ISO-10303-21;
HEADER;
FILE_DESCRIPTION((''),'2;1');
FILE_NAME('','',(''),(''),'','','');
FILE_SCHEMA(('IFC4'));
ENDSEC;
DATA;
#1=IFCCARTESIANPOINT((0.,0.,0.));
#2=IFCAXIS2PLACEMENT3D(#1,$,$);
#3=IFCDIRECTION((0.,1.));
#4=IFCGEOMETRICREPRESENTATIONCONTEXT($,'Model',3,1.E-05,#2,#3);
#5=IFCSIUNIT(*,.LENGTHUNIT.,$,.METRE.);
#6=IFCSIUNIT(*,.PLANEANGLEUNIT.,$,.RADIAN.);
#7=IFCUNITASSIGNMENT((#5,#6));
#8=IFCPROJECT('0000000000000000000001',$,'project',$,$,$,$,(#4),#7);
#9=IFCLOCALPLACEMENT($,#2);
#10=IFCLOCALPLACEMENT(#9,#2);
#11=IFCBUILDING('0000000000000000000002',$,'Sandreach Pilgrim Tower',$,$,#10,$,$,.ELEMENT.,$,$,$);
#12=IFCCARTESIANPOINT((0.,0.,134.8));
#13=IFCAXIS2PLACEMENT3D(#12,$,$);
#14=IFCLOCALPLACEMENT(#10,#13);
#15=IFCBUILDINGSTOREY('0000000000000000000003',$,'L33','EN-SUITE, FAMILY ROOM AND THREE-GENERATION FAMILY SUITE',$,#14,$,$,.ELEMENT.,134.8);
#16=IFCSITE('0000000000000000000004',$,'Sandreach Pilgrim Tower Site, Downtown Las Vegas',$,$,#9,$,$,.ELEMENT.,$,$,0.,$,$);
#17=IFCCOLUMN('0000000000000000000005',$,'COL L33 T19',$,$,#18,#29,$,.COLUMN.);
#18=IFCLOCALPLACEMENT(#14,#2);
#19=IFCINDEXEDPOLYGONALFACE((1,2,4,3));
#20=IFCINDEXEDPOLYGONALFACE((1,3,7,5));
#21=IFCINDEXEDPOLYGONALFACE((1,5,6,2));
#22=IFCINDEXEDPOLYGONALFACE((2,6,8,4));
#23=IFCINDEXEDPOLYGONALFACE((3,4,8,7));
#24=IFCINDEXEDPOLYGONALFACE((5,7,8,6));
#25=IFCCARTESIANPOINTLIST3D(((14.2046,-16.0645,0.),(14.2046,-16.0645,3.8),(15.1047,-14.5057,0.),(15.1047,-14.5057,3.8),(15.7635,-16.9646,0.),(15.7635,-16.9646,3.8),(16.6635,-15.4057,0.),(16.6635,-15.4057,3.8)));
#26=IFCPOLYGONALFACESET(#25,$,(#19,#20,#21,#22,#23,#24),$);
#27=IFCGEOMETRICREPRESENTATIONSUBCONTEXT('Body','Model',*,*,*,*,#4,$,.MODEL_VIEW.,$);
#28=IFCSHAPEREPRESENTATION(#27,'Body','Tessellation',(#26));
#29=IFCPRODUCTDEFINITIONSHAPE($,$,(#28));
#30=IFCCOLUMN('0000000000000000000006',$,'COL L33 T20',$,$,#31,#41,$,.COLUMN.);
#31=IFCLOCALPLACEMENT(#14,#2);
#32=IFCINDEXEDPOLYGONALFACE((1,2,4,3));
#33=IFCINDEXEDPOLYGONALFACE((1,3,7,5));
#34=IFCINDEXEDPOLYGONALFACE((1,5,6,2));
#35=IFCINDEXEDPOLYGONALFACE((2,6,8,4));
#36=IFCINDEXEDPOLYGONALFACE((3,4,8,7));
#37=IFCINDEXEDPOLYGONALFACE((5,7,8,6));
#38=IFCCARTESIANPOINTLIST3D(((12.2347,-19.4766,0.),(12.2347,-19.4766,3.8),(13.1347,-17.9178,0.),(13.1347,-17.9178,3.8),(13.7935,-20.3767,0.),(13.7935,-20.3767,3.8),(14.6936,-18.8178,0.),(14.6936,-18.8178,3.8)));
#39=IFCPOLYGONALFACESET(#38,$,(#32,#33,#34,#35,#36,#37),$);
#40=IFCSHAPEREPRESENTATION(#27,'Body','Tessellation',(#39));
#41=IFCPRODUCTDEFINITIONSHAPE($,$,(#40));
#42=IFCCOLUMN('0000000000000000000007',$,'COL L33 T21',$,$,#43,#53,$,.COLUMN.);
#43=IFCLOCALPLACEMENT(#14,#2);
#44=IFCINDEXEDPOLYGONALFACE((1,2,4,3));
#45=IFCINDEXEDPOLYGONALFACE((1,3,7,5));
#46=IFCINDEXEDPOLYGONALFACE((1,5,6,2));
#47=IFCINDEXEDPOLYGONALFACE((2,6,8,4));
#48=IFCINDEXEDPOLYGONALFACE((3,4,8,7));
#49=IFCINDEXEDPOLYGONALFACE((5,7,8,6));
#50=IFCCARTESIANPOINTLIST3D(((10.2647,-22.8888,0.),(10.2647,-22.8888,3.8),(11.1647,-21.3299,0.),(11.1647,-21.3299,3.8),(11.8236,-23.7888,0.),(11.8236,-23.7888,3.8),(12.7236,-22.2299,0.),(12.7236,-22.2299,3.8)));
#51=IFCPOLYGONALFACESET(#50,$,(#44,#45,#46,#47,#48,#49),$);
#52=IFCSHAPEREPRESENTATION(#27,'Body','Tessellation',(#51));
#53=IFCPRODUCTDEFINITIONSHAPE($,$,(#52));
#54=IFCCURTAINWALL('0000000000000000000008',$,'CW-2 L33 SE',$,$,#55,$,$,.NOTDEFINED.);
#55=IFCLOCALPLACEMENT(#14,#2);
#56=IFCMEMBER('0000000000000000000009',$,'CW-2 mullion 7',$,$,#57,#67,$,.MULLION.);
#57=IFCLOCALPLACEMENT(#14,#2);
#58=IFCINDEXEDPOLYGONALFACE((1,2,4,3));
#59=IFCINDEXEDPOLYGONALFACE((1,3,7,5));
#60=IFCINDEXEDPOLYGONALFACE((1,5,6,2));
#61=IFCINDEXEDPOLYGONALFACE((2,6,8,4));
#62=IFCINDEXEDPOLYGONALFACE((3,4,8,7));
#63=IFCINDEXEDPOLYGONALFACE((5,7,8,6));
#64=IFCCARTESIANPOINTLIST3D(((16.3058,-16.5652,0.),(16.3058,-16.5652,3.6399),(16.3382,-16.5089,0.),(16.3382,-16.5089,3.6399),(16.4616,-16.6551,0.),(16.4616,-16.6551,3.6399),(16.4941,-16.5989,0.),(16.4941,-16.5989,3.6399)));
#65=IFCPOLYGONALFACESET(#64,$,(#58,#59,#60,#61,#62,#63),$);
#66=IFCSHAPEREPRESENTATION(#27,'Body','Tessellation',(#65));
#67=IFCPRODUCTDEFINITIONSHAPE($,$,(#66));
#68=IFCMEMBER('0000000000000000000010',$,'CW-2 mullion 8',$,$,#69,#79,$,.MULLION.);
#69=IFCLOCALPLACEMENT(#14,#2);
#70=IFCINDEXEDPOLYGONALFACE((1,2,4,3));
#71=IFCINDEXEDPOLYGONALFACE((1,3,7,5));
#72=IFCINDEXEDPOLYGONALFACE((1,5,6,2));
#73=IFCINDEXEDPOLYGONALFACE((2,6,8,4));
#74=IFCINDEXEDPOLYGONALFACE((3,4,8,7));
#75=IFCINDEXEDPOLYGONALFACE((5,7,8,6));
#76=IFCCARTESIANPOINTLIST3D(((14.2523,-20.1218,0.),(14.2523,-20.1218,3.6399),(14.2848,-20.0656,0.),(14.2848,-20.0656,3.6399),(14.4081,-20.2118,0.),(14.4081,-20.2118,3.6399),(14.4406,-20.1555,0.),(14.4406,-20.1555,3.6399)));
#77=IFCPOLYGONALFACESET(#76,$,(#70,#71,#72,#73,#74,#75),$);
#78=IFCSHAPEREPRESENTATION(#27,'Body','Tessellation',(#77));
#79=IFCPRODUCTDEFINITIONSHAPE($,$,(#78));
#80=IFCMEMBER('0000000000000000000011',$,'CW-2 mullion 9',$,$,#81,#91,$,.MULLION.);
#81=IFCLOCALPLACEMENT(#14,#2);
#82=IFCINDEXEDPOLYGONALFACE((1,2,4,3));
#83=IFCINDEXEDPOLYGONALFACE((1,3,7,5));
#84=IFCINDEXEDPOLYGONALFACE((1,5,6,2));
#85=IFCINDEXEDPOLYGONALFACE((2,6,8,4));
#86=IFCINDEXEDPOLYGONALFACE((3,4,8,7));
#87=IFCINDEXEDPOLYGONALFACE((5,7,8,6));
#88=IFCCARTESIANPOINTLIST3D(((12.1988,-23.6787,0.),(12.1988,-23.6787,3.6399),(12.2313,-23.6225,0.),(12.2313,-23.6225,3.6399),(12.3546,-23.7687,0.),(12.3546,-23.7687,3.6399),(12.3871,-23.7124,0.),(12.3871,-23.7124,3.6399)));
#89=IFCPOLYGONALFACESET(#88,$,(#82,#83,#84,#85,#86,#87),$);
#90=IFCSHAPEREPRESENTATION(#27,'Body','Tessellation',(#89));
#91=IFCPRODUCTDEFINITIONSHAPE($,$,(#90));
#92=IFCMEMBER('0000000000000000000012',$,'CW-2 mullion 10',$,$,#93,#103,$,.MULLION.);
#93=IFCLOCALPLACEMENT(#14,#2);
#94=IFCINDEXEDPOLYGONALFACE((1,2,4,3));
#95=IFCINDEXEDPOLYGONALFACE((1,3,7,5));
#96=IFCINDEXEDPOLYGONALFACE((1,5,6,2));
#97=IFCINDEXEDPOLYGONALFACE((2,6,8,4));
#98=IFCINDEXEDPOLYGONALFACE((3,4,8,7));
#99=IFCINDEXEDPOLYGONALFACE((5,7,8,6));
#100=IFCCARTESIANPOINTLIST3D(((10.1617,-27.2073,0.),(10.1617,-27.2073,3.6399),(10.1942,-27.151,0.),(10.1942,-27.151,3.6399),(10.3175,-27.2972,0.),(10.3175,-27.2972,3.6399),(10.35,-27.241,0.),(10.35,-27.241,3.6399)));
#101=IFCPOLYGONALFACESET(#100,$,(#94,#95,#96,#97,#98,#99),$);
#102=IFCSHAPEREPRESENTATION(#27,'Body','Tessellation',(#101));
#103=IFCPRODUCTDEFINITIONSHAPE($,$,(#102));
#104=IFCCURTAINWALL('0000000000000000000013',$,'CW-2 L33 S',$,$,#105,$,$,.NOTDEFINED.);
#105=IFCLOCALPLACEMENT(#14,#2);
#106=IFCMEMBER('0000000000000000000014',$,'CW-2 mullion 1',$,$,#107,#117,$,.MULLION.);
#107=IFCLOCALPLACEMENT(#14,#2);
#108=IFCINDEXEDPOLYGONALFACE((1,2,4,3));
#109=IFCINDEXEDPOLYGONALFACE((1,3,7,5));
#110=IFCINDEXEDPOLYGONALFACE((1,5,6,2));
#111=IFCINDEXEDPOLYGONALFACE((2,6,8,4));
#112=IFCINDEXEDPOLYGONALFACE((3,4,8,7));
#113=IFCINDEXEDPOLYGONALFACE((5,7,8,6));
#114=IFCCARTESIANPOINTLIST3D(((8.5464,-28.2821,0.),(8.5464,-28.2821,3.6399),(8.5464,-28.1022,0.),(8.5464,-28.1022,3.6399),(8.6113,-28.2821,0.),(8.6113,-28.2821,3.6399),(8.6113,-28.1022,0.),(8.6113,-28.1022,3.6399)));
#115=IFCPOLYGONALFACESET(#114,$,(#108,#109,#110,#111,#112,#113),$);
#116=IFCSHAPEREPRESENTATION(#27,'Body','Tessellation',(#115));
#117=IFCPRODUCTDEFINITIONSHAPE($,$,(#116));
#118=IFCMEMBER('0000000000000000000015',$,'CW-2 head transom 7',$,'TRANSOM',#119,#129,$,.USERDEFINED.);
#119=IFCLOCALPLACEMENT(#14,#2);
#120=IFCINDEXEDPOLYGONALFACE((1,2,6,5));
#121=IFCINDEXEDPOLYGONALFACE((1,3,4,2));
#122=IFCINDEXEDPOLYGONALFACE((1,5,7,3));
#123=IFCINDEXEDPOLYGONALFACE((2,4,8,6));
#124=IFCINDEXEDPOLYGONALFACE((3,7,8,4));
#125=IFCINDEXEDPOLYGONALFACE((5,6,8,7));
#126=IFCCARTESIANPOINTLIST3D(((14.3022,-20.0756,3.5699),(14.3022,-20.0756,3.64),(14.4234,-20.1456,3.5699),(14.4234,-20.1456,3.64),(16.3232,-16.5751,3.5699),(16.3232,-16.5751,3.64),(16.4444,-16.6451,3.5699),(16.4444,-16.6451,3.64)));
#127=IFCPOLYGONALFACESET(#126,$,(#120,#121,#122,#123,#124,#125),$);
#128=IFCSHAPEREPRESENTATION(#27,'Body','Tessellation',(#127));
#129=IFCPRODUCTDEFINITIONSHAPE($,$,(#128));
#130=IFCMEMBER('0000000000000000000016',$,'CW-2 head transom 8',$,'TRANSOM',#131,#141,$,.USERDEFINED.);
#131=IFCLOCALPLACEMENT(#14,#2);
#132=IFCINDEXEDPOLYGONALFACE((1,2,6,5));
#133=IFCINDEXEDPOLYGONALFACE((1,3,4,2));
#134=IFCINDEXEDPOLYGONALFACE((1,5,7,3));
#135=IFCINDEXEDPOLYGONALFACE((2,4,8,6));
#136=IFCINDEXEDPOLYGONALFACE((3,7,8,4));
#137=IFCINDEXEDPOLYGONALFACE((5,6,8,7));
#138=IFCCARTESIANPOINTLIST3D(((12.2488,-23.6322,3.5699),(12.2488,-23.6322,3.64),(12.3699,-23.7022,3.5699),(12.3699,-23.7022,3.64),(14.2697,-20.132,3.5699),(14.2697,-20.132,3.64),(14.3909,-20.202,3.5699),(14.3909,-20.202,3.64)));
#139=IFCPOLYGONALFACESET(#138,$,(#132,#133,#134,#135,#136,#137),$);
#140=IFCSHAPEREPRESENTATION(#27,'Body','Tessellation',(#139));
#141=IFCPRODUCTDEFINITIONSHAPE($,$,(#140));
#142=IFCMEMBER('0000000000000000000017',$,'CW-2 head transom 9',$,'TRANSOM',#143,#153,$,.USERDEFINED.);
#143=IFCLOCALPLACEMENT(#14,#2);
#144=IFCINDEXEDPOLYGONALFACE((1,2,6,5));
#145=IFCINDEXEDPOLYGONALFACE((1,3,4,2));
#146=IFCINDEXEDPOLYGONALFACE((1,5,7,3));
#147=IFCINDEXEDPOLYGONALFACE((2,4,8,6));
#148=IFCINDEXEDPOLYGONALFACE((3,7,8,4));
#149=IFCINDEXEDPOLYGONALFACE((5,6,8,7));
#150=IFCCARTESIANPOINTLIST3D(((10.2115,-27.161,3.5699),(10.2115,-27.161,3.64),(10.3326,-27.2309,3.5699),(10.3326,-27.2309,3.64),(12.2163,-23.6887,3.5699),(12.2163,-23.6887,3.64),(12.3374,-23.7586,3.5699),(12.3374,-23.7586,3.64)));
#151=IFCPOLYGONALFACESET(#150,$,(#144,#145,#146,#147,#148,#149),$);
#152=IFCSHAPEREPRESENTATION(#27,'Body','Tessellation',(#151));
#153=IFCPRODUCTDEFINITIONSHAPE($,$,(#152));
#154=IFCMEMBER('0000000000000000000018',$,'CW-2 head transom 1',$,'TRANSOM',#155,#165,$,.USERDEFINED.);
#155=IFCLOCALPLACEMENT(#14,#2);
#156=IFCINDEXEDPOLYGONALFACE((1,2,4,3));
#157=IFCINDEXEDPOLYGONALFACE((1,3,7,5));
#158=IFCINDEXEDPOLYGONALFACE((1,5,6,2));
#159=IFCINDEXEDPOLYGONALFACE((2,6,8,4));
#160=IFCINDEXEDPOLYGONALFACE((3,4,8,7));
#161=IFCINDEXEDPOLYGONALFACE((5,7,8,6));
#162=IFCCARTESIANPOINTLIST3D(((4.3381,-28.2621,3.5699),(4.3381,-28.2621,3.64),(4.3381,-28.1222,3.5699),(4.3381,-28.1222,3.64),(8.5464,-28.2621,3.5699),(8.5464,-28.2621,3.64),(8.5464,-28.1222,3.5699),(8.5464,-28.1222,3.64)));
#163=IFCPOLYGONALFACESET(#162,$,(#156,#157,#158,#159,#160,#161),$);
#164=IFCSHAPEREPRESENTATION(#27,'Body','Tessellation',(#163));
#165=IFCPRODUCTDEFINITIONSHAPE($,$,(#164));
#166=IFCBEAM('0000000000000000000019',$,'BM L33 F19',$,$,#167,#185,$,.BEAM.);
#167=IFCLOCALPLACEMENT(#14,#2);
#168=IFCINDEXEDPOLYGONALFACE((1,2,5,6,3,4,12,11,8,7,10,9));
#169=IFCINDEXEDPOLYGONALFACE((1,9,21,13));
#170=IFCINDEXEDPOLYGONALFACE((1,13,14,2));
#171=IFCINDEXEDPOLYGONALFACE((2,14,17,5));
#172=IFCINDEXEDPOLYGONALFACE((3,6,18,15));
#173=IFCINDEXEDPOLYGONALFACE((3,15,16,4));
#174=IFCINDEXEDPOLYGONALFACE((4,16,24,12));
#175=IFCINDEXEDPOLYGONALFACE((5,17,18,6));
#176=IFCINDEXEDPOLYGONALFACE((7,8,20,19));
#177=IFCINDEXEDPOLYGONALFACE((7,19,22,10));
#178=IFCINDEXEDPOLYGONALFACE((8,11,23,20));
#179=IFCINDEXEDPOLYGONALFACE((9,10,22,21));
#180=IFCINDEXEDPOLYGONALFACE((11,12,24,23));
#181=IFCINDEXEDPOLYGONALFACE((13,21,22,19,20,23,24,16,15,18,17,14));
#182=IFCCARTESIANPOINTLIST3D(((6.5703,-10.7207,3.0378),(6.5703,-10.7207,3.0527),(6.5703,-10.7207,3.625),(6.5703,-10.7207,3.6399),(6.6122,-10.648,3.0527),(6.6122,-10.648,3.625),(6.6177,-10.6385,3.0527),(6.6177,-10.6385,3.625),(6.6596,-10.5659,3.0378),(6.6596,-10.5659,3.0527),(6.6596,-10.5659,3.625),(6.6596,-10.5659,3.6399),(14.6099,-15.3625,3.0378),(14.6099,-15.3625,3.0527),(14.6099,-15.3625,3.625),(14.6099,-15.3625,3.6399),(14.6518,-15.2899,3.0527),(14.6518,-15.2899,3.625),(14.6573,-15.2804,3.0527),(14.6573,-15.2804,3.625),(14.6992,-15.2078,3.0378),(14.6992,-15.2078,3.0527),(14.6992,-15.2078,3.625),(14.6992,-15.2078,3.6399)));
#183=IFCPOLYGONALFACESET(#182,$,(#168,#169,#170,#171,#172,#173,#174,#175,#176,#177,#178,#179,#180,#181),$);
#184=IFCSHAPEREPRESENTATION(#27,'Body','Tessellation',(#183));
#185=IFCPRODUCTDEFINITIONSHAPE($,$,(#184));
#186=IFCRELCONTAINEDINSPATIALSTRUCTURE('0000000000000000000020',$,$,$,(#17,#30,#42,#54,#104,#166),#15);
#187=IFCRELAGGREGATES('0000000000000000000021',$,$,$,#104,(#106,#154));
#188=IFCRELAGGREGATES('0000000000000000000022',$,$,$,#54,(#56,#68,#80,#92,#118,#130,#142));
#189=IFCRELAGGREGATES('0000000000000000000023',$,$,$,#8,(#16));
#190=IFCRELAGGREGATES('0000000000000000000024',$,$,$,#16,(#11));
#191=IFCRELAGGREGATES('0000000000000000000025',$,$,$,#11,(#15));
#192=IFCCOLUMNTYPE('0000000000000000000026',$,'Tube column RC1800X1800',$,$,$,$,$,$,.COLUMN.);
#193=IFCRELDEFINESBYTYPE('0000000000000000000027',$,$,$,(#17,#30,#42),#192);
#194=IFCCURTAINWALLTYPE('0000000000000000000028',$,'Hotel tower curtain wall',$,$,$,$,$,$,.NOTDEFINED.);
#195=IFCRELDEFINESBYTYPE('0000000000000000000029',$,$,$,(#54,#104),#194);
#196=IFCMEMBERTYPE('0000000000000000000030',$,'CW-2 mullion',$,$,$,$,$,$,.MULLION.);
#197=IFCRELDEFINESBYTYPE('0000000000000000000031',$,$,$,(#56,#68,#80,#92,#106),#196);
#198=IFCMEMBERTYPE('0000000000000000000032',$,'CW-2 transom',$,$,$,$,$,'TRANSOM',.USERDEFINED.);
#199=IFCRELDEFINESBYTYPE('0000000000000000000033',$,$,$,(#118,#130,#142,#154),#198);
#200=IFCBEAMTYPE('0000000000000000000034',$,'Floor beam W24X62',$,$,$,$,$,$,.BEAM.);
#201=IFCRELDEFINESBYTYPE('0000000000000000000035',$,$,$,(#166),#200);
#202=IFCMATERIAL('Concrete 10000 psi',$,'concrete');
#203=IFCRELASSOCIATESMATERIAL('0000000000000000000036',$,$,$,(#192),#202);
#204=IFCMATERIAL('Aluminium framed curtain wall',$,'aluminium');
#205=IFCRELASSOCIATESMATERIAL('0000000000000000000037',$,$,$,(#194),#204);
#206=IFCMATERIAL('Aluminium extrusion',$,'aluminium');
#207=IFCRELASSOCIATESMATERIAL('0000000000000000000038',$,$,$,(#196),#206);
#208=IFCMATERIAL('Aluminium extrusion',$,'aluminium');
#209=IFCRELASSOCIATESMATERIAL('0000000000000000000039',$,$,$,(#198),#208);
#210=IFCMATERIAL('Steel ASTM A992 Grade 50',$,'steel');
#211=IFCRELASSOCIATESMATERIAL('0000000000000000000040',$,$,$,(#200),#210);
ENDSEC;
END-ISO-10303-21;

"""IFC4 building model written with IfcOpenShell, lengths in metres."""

from ifc_helpers import new_model, si_unit, direction, frame, origin, origin_2d, place, context, subcontext, project, spatial, rectangle, i_section, extrude, material, material_profile, profile_set, type_object, element, aggregate, save


model = new_model("IFC4")

# Units and contexts
model_context = context("Model", 3, precision=1e-05, world=origin(), true_north=direction((0.0, 1.0)))
body_context = subcontext(model_context, "Body", "Model", "MODEL_VIEW")
ifc_project = project(units=[si_unit("LENGTHUNIT", "METRE"), si_unit("PLANEANGLEUNIT", "RADIAN")], contexts=[model_context])

# Site, building, storey
site_placement = place(None, origin())
site = spatial("IfcSite", under=ifc_project, at=site_placement, Name="Sandreach Pilgrim Tower Site, Downtown Las Vegas", CompositionType="ELEMENT", RefElevation=0.0)
building_placement = place(site_placement, origin())
building = spatial("IfcBuilding", under=site, at=building_placement, Name="Sandreach Pilgrim Tower", CompositionType="ELEMENT")
storey_placement = place(building_placement, frame((0.0, 0.0, 134.8)))
storey = spatial("IfcBuildingStorey", under=building, at=storey_placement, Name="L33", Description="EN-SUITE, FAMILY ROOM AND THREE-GENERATION FAMILY SUITE", CompositionType="ELEMENT", Elevation=134.8)

# Columns
ifc_material_1 = material(Name="Concrete 10000 psi", Category="concrete")
ifc_material_profile_1 = material_profile(ifc_material_1, rectangle(XDim=1.8, YDim=1.8, at=origin_2d()), Name="RC1800X1800")
ifc_profile_set_1 = profile_set([ifc_material_profile_1], Name="Concrete 10000 psi")
column_type = type_object("IfcColumnType", Name="Tube column RC1800X1800", PredefinedType="COLUMN", material=ifc_profile_set_1)
for number, where, z_axis, x_axis, name in (
    (1, (15.4341, -15.7351, 0.0), (0.0, 0.0, 1.0), (0.866025, -0.5, 0.0), "COL L33 T19"),
    (2, (13.4641, -19.1472, 0.0), (0.0, 0.0, 1.0), (0.866025, -0.5, 0.0), "COL L33 T20"),
    (3, (11.4941, -22.5593, 0.0), (0.0, 0.0, 1.0), (0.866025, -0.5, 0.0), "COL L33 T21"),
):
    element("IfcColumn", number, at=place(storey_placement, frame(where, z_axis=z_axis, x_axis=x_axis)), inside=storey, type_object=column_type, Name=name, PredefinedType="COLUMN", context=body_context, shape_type="SweptSolid", body=[
        extrude(rectangle(XDim=1.8, YDim=1.8, at=origin_2d()), origin(), (0.0, 0.0, 1.0), 3.8),
    ])

# Curtain wall, members
ifc_material_2 = material(Name="Aluminium framed curtain wall", Category="aluminium")
curtain_wall_type = type_object("IfcCurtainWallType", Name="Hotel tower curtain wall", PredefinedType="NOTDEFINED", material=ifc_material_2)
curtain_wall_1_placement = place(storey_placement, origin())
curtain_wall_1 = element("IfcCurtainWall", 4, at=curtain_wall_1_placement, inside=storey, type_object=curtain_wall_type, Name="CW-2 L33 SE", PredefinedType="NOTDEFINED")
ifc_material_3 = material(Name="Aluminium extrusion", Category="aluminium")
ifc_material_profile_2 = material_profile(ifc_material_3, rectangle(XDim=0.0649, YDim=0.1799, at=origin_2d()), Name="CW-2M 65X180")
ifc_profile_set_2 = profile_set([ifc_material_profile_2], Name="Aluminium extrusion")
member_type_1 = type_object("IfcMemberType", Name="CW-2 mullion", PredefinedType="MULLION", material=ifc_profile_set_2)
member_1_placement = place(storey_placement, frame((16.3999, -16.582, 0.0), z_axis=(0.0, 0.0, 1.0), x_axis=(-0.5, -0.866025, 0.0)))
member_1 = element("IfcMember", 5, at=member_1_placement, type_object=member_type_1, Name="CW-2 mullion 7", PredefinedType="MULLION", context=body_context, shape_type="SweptSolid", body=[
    extrude(rectangle(XDim=0.0649, YDim=0.1799, at=origin_2d()), origin(), (0.0, 0.0, 1.0), 3.6399),
])
member_2_placement = place(storey_placement, frame((14.3464, -20.1387, 0.0), z_axis=(0.0, 0.0, 1.0), x_axis=(-0.5, -0.866025, 0.0)))
member_2 = element("IfcMember", 6, at=member_2_placement, type_object=member_type_1, Name="CW-2 mullion 8", PredefinedType="MULLION", context=body_context, shape_type="SweptSolid", body=[
    extrude(rectangle(XDim=0.0649, YDim=0.1799, at=origin_2d()), origin(), (0.0, 0.0, 1.0), 3.6399),
])
member_3_placement = place(storey_placement, frame((12.293, -23.6956, 0.0), z_axis=(0.0, 0.0, 1.0), x_axis=(-0.5, -0.866025, 0.0)))
member_3 = element("IfcMember", 7, at=member_3_placement, type_object=member_type_1, Name="CW-2 mullion 9", PredefinedType="MULLION", context=body_context, shape_type="SweptSolid", body=[
    extrude(rectangle(XDim=0.0649, YDim=0.1799, at=origin_2d()), origin(), (0.0, 0.0, 1.0), 3.6399),
])
member_4_placement = place(storey_placement, frame((10.2559, -27.2241, 0.0), z_axis=(0.0, 0.0, 1.0), x_axis=(-0.5, -0.866025, 0.0)))
member_4 = element("IfcMember", 8, at=member_4_placement, type_object=member_type_1, Name="CW-2 mullion 10", PredefinedType="MULLION", context=body_context, shape_type="SweptSolid", body=[
    extrude(rectangle(XDim=0.0649, YDim=0.1799, at=origin_2d()), origin(), (0.0, 0.0, 1.0), 3.6399),
])

# Curtain wall, member
curtain_wall_2_placement = place(storey_placement, origin())
curtain_wall_2 = element("IfcCurtainWall", 9, at=curtain_wall_2_placement, inside=storey, type_object=curtain_wall_type, Name="CW-2 L33 S", PredefinedType="NOTDEFINED")
member_5_placement = place(storey_placement, frame((8.5789, -28.1921, 0.0), z_axis=(0.0, 0.0, 1.0), x_axis=(-1.0, 0.0, 0.0)))
member_5 = element("IfcMember", 10, at=member_5_placement, type_object=member_type_1, Name="CW-2 mullion 1", PredefinedType="MULLION", context=body_context, shape_type="SweptSolid", body=[
    extrude(rectangle(XDim=0.0649, YDim=0.1799, at=origin_2d()), origin(), (0.0, 0.0, 1.0), 3.6399),
])

# Members
ifc_material_4 = material(Name="Aluminium extrusion", Category="aluminium")
ifc_material_profile_3 = material_profile(ifc_material_4, rectangle(XDim=0.1399, YDim=0.0701, at=origin_2d()), Name="CW-2T 140X70")
ifc_profile_set_3 = profile_set([ifc_material_profile_3], Name="Aluminium extrusion")
member_type_2 = type_object("IfcMemberType", Name="CW-2 transom", ElementType="TRANSOM", PredefinedType="USERDEFINED", material=ifc_profile_set_3)
member_6_placement = place(storey_placement, frame((16.3838, -16.6101, 3.605), z_axis=(-0.499998, -0.866027, 0.0), x_axis=(0.866027, -0.499998, 0.0)))
member_6 = element("IfcMember", 11, at=member_6_placement, type_object=member_type_2, Name="CW-2 head transom 7", ObjectType="TRANSOM", PredefinedType="USERDEFINED", context=body_context, shape_type="SweptSolid", body=[
    extrude(rectangle(XDim=0.1399, YDim=0.0701, at=origin_2d()), origin(), (0.0, 0.0, 1.0), 4.042),
])
member_7_placement = place(storey_placement, frame((14.3303, -20.167, 3.605), z_axis=(-0.500024, -0.866012, 0.0), x_axis=(0.866012, -0.500024, 0.0)))
member_7 = element("IfcMember", 12, at=member_7_placement, type_object=member_type_2, Name="CW-2 head transom 8", ObjectType="TRANSOM", PredefinedType="USERDEFINED", context=body_context, shape_type="SweptSolid", body=[
    extrude(rectangle(XDim=0.1399, YDim=0.0701, at=origin_2d()), origin(), (0.0, 0.0, 1.0), 4.0417),
])
member_8_placement = place(storey_placement, frame((12.2769, -23.7236, 3.605), z_axis=(-0.500016, -0.866016, 0.0), x_axis=(0.866016, -0.500016, 0.0)))
member_8 = element("IfcMember", 13, at=member_8_placement, type_object=member_type_2, Name="CW-2 head transom 9", ObjectType="TRANSOM", PredefinedType="USERDEFINED", context=body_context, shape_type="SweptSolid", body=[
    extrude(rectangle(XDim=0.1399, YDim=0.0701, at=origin_2d()), origin(), (0.0, 0.0, 1.0), 4.0095),
])
member_9_placement = place(storey_placement, frame((8.5464, -28.1921, 3.605), z_axis=(-1.0, 0.0, 0.0), x_axis=(0.0, -1.0, 0.0)))
member_9 = element("IfcMember", 14, at=member_9_placement, type_object=member_type_2, Name="CW-2 head transom 1", ObjectType="TRANSOM", PredefinedType="USERDEFINED", context=body_context, shape_type="SweptSolid", body=[
    extrude(rectangle(XDim=0.1399, YDim=0.0701, at=origin_2d()), origin(), (0.0, 0.0, 1.0), 4.2083),
])
aggregate(curtain_wall_2, [member_5, member_9])

# Beam
ifc_material_5 = material(Name="Steel ASTM A992 Grade 50", Category="steel")
ifc_material_profile_4 = material_profile(ifc_material_5, i_section(OverallWidth=0.1787, OverallDepth=0.6021, WebThickness=0.011, FlangeThickness=0.0149, at=origin_2d()), Name="W24X62")
ifc_profile_set_4 = profile_set([ifc_material_profile_4], Name="Steel ASTM A992 Grade 50")
beam_type_1 = type_object("IfcBeamType", Name="Floor beam W24X62", PredefinedType="BEAM", material=ifc_profile_set_4)
beam_1_placement = place(storey_placement, frame((14.6545, -15.2852, 3.3389), z_axis=(-0.866016, 0.500017, 0.0), x_axis=(-0.500017, -0.866016, 0.0)))
element("IfcBeam", 15, at=beam_1_placement, inside=storey, type_object=beam_type_1, Name="BM L33 F19", PredefinedType="BEAM", context=body_context, shape_type="SweptSolid", body=[
    extrude(i_section(OverallWidth=0.1787, OverallDepth=0.6021, WebThickness=0.011, FlangeThickness=0.0149, at=origin_2d()), origin(), (0.0, 0.0, 1.0), 9.2834),
])

aggregate(curtain_wall_1, [member_1, member_2, member_3, member_4, member_6, member_7, member_8])

save(model, "model.ifc")
